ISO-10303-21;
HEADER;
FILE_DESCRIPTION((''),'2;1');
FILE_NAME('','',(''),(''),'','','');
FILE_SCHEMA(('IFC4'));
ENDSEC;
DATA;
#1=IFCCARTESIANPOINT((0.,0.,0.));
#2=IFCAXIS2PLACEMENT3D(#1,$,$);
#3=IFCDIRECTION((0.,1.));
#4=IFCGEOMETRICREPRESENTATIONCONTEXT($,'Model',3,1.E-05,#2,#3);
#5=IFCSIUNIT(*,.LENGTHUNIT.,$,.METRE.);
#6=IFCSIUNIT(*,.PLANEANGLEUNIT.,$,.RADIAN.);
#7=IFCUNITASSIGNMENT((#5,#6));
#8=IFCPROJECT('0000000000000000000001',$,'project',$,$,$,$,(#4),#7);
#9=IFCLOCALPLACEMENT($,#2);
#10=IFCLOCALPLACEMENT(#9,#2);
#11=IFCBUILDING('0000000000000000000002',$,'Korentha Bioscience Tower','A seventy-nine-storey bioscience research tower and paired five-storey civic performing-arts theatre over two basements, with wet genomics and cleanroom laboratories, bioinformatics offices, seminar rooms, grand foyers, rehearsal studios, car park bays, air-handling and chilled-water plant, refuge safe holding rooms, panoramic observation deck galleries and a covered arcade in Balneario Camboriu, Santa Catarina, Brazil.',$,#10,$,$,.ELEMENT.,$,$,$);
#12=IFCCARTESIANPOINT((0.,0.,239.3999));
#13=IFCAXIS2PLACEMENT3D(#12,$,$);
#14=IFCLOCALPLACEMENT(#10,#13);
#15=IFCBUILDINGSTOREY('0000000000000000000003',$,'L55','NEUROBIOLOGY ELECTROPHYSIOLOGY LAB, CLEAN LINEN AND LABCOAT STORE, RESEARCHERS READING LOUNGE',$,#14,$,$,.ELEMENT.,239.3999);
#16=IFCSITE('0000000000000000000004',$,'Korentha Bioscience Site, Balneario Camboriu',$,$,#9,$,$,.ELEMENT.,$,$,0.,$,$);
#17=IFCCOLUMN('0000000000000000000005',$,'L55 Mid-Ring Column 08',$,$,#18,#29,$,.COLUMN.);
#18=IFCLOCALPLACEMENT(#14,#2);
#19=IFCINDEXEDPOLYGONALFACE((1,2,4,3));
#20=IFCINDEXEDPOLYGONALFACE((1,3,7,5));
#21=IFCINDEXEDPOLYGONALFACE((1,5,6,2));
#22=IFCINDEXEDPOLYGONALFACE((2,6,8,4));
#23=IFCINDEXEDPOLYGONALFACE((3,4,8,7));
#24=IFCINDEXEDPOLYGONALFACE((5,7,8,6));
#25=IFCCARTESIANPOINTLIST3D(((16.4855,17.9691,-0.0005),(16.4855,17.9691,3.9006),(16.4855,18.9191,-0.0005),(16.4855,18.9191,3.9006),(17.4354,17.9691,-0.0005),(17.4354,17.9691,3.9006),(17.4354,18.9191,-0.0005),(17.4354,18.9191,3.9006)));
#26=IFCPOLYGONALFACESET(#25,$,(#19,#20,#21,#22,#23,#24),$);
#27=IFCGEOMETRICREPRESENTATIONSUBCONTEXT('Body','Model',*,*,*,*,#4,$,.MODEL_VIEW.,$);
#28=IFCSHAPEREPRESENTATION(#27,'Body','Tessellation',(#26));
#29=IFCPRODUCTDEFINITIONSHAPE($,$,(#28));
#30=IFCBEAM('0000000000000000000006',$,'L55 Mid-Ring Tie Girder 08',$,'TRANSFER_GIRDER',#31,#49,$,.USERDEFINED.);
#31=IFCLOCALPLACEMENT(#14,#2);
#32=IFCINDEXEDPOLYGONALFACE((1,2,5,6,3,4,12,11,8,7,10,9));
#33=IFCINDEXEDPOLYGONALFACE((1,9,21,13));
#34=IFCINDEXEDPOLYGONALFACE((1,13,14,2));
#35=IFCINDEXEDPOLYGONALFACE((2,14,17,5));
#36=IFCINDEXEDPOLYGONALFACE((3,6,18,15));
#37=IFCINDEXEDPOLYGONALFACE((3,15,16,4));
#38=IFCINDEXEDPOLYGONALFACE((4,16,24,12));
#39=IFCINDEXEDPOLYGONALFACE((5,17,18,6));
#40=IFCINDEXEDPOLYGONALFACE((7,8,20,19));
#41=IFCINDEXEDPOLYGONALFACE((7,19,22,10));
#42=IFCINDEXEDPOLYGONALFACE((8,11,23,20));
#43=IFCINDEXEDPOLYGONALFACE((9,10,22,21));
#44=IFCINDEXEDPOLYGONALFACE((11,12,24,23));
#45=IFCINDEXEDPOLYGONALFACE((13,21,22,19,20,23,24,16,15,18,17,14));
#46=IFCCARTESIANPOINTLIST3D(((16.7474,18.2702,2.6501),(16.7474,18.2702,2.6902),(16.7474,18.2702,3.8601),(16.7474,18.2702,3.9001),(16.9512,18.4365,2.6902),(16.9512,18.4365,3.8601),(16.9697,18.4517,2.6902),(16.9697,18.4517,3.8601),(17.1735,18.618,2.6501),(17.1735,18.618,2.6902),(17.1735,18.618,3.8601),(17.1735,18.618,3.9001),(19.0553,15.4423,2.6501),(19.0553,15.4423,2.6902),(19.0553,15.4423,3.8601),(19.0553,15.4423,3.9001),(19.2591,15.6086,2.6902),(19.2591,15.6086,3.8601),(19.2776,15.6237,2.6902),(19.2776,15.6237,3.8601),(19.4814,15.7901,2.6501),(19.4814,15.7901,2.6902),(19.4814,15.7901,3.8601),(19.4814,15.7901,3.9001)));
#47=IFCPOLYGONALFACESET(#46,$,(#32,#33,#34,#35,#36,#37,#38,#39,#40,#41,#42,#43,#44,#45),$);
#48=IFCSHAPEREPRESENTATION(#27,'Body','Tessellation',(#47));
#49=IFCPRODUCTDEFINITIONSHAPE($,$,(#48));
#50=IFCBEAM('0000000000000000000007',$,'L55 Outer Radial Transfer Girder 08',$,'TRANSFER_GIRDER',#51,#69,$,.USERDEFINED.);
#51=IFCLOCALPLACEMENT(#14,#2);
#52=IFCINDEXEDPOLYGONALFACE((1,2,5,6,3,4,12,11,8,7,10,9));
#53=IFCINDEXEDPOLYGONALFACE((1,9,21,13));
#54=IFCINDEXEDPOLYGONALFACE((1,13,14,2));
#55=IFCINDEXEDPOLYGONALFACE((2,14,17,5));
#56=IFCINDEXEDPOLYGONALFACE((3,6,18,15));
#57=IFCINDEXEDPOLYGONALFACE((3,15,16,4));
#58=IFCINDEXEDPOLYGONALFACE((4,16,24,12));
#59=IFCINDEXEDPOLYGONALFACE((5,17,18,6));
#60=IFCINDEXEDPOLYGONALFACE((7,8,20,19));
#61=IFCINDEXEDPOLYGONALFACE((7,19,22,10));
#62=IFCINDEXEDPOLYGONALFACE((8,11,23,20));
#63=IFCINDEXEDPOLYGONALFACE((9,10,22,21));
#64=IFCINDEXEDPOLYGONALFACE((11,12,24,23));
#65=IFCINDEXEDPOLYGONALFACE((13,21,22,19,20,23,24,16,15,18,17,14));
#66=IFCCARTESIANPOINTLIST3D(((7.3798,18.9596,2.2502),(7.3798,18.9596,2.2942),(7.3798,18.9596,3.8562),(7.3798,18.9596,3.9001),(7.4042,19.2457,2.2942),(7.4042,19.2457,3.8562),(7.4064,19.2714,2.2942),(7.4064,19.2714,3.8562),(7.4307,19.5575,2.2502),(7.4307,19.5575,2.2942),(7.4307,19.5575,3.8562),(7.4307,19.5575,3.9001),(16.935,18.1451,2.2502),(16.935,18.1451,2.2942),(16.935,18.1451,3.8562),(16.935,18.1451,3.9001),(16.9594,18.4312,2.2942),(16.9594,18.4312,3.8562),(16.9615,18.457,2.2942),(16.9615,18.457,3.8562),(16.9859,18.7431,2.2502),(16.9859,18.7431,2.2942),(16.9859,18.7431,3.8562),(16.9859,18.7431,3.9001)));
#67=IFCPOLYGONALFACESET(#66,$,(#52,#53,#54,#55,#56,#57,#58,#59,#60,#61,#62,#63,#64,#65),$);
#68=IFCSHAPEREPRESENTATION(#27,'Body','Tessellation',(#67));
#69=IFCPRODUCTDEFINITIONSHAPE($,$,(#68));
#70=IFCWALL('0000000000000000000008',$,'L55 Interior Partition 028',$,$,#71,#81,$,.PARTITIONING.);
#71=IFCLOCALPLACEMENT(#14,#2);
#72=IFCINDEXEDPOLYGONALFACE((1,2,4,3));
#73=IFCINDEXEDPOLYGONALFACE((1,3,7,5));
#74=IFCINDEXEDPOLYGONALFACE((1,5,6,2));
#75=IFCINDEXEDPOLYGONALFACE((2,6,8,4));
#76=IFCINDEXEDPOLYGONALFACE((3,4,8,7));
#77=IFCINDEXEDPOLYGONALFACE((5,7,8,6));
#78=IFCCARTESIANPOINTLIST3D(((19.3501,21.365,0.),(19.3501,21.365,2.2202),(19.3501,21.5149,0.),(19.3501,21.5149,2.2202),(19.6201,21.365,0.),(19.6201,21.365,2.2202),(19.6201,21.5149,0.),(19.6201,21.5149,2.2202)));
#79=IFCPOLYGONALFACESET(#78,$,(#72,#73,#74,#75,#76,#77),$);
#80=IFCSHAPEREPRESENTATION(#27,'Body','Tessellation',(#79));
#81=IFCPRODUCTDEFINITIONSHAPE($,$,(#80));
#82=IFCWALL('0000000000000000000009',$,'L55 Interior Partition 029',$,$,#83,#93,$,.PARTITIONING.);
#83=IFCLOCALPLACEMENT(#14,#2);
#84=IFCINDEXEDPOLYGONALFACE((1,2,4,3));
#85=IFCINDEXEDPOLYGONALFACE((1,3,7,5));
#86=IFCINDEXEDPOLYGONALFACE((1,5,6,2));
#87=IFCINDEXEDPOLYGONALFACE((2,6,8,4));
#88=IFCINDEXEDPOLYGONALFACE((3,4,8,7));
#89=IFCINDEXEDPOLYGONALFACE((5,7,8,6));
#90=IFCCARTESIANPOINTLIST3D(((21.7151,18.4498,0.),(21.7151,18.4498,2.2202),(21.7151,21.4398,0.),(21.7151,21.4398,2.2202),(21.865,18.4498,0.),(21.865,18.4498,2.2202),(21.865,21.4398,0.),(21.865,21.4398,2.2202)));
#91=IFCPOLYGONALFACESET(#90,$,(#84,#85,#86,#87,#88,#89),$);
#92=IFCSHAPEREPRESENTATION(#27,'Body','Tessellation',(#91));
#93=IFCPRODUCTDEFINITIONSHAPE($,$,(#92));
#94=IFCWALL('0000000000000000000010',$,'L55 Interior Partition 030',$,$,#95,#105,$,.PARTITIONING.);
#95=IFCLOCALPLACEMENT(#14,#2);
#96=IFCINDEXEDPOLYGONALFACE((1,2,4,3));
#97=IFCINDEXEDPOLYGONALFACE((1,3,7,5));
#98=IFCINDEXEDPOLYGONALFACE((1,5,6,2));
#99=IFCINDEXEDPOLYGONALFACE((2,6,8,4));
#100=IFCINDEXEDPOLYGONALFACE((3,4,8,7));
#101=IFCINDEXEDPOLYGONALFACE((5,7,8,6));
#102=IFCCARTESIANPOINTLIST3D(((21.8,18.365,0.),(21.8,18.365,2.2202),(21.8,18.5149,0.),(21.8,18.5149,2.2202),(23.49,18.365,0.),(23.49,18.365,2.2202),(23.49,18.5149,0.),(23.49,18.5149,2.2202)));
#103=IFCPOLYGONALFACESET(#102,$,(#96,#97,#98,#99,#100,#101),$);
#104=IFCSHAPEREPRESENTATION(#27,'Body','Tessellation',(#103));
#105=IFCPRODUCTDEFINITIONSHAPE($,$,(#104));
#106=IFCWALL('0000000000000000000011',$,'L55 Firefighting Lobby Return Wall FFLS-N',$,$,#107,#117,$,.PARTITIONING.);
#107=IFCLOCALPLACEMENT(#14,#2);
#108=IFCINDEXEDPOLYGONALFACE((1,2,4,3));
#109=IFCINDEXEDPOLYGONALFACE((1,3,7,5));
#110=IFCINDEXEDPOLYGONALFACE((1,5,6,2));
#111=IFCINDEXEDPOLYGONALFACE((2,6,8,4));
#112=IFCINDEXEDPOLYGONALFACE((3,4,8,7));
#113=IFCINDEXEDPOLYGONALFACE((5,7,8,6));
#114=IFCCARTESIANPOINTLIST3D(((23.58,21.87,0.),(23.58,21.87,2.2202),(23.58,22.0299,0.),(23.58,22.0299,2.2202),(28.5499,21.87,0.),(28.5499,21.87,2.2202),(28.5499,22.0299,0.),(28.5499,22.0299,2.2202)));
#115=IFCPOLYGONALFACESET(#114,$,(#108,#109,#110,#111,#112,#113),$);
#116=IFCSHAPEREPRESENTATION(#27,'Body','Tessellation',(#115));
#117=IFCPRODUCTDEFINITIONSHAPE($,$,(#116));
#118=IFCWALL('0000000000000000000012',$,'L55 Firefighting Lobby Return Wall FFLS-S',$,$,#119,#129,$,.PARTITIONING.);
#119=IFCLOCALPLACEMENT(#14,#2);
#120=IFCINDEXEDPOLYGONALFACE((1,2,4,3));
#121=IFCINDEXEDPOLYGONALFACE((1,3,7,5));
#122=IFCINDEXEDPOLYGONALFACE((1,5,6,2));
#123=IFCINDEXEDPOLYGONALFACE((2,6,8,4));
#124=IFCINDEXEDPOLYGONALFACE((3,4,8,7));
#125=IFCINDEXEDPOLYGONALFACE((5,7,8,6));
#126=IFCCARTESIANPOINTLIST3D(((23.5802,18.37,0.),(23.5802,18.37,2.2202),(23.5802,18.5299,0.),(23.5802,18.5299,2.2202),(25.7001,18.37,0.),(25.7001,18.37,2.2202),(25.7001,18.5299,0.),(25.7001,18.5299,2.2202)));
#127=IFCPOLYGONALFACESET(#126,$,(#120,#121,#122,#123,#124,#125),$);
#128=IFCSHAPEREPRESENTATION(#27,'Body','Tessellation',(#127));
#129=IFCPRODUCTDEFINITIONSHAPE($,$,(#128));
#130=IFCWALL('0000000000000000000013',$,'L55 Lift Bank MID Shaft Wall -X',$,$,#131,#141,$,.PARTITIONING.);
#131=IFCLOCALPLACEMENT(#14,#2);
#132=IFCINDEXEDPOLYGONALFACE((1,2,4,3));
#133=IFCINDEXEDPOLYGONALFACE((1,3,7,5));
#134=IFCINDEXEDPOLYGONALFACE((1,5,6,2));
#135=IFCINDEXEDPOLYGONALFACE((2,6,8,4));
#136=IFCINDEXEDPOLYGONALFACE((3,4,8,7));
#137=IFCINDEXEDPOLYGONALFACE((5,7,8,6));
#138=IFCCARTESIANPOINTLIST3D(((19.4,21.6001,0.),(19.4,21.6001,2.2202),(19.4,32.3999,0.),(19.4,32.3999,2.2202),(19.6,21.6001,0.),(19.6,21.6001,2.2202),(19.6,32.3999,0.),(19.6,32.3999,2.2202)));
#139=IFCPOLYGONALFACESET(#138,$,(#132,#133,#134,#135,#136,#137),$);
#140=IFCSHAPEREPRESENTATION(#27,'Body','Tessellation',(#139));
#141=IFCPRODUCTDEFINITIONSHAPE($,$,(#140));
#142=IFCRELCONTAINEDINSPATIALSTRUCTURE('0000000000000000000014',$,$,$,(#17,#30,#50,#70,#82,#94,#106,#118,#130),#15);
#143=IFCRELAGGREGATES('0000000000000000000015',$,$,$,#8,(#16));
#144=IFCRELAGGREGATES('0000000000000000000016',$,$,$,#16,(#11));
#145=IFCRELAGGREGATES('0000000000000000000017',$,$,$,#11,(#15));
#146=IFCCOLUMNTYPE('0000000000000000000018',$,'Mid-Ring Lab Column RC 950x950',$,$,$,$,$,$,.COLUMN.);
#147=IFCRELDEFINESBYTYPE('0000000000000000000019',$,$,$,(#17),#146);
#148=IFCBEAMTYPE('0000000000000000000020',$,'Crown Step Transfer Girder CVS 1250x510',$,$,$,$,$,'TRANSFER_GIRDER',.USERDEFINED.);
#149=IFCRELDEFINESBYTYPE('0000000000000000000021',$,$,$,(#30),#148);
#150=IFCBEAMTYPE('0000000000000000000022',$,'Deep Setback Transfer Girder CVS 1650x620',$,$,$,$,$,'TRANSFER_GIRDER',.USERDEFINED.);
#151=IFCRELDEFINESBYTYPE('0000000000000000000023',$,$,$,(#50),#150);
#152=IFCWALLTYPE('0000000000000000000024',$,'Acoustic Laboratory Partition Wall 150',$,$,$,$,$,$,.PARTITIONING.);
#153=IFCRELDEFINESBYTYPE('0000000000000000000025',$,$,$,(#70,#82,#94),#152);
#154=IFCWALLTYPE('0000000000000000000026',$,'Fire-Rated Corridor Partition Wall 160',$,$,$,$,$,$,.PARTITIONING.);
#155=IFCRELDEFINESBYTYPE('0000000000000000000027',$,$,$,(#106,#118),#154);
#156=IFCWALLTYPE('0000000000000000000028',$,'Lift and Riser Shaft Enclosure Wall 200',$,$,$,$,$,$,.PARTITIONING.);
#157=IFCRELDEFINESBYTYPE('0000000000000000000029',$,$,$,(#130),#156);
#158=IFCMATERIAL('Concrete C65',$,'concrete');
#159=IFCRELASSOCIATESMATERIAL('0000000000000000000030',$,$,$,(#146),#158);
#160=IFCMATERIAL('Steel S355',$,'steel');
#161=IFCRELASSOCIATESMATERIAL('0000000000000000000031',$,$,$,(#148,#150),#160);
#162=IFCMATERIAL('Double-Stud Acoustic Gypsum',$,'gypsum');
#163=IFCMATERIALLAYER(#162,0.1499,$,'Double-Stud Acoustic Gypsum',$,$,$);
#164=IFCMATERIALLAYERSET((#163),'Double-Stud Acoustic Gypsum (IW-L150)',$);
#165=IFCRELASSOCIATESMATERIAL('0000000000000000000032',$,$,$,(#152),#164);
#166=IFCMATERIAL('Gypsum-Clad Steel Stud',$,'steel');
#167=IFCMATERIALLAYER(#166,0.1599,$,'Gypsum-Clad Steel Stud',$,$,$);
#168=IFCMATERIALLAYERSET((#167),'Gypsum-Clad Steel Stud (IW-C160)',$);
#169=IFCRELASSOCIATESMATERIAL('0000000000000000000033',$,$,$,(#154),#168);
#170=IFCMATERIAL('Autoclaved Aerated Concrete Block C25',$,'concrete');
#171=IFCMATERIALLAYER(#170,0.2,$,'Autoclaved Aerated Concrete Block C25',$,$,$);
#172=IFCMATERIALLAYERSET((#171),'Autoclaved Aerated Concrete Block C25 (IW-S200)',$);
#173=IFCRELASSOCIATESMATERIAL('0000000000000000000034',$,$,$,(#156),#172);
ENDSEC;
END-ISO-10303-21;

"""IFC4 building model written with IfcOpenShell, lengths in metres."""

from ifc_helpers import new_model, si_unit, direction, frame, frame_2d, origin, origin_2d, place, context, subcontext, project, spatial, rectangle, i_section, extrude, material, layer, layer_set, material_profile, profile_set, type_object, element, save


model = new_model("IFC4")

# Units and contexts
model_context = context("Model", 3, precision=1e-05, world=origin(), true_north=direction((0.0, 1.0)))
body_context = subcontext(model_context, "Body", "Model", "MODEL_VIEW")
ifc_project = project(units=[si_unit("LENGTHUNIT", "METRE"), si_unit("PLANEANGLEUNIT", "RADIAN")], contexts=[model_context])

# Site, building, storey
site_placement = place(None, origin())
site = spatial("IfcSite", under=ifc_project, at=site_placement, Name="Korentha Bioscience Site, Balneario Camboriu", CompositionType="ELEMENT", RefElevation=0.0)
building_placement = place(site_placement, origin())
building = spatial("IfcBuilding", under=site, at=building_placement, Name="Korentha Bioscience Tower", Description="A seventy-nine-storey bioscience research tower and paired five-storey civic performing-arts theatre over two basements, with wet genomics and cleanroom laboratories, bioinformatics offices, seminar rooms, grand foyers, rehearsal studios, car park bays, air-handling and chilled-water plant, refuge safe holding rooms, panoramic observation deck galleries and a covered arcade in Balneario Camboriu, Santa Catarina, Brazil.", CompositionType="ELEMENT")
storey_placement = place(building_placement, frame((0.0, 0.0, 239.3999)))
storey = spatial("IfcBuildingStorey", under=building, at=storey_placement, Name="L55", Description="NEUROBIOLOGY ELECTROPHYSIOLOGY LAB, CLEAN LINEN AND LABCOAT STORE, RESEARCHERS READING LOUNGE", CompositionType="ELEMENT", Elevation=239.3999)

# Column
ifc_material_1 = material(Name="Concrete C65", Category="concrete")
ifc_material_profile_1 = material_profile(ifc_material_1, rectangle(XDim=0.95, YDim=0.95, at=origin_2d()), Name="Concrete C65")
ifc_profile_set_1 = profile_set([ifc_material_profile_1], Name="Concrete C65 (COL-MR09)")
column_type = type_object("IfcColumnType", Name="Mid-Ring Lab Column RC 950x950", PredefinedType="COLUMN", material=ifc_profile_set_1)
column_placement = place(storey_placement, frame((16.9604, 18.4441, -0.0005), z_axis=(0.0, 0.0, 1.0), x_axis=(1.0, 0.0, 0.0)))
element("IfcColumn", 1, at=column_placement, inside=storey, type_object=column_type, Name="L55 Mid-Ring Column 08", PredefinedType="COLUMN", context=body_context, shape_type="SweptSolid", body=[
    extrude(rectangle(XDim=0.95, YDim=0.95, at=origin_2d()), origin(), (0.0, 0.0, 1.0), 3.9011),
])

# Beams
ifc_material_2 = material(Name="Steel S355", Category="steel")
ifc_material_profile_2 = material_profile(ifc_material_2, i_section(OverallWidth=0.55, OverallDepth=1.25, WebThickness=0.0239, FlangeThickness=0.04, at=origin_2d()), Name="Steel S355")
ifc_profile_set_2 = profile_set([ifc_material_profile_2], Name="Steel S355 (TG-03)")
beam_type_1 = type_object("IfcBeamType", Name="Crown Step Transfer Girder CVS 1250x510", ElementType="TRANSFER_GIRDER", PredefinedType="USERDEFINED", material=ifc_profile_set_2)
beam_1_placement = place(storey_placement, frame((16.9604, 18.4441, 3.2751), z_axis=(0.632276, -0.774743, 0.0), x_axis=(0.774743, 0.632276, 0.0)))
element("IfcBeam", 2, at=beam_1_placement, inside=storey, type_object=beam_type_1, Name="L55 Mid-Ring Tie Girder 08", ObjectType="TRANSFER_GIRDER", PredefinedType="USERDEFINED", context=body_context, shape_type="SweptSolid", body=[
    extrude(i_section(OverallWidth=0.55, OverallDepth=1.25, WebThickness=0.0239, FlangeThickness=0.04, at=origin_2d()), origin(), (0.0, 0.0, 1.0), 3.6501),
])
ifc_material_profile_3 = material_profile(ifc_material_2, i_section(OverallWidth=0.6001, OverallDepth=1.6499, WebThickness=0.0259, FlangeThickness=0.0439, at=origin_2d()), Name="Steel S355")
ifc_profile_set_3 = profile_set([ifc_material_profile_3], Name="Steel S355 (TG-04)")
beam_type_2 = type_object("IfcBeamType", Name="Deep Setback Transfer Girder CVS 1650x620", ElementType="TRANSFER_GIRDER", PredefinedType="USERDEFINED", material=ifc_profile_set_3)
beam_2_placement = place(storey_placement, frame((16.9604, 18.4441, 3.0752), z_axis=(-0.996387, 0.084929, 0.0), x_axis=(-0.084929, -0.996387, 0.0)))
element("IfcBeam", 3, at=beam_2_placement, inside=storey, type_object=beam_type_2, Name="L55 Outer Radial Transfer Girder 08", ObjectType="TRANSFER_GIRDER", PredefinedType="USERDEFINED", context=body_context, shape_type="SweptSolid", body=[
    extrude(i_section(OverallWidth=0.6001, OverallDepth=1.6499, WebThickness=0.0259, FlangeThickness=0.0439, at=origin_2d()), origin(), (0.0, 0.0, 1.0), 9.5898),
])

# Walls
ifc_material_3 = material(Name="Double-Stud Acoustic Gypsum", Category="gypsum")
ifc_layer_1 = layer(ifc_material_3, 0.1499, Name="Double-Stud Acoustic Gypsum")
ifc_layer_set_1 = layer_set([ifc_layer_1], Name="Double-Stud Acoustic Gypsum (IW-L150)")
wall_type_1 = type_object("IfcWallType", Name="Acoustic Laboratory Partition Wall 150", PredefinedType="PARTITIONING", material=ifc_layer_set_1)
wall_1_placement = place(storey_placement, frame((19.3501, 21.4399, 0.0), z_axis=(0.0, 0.0, 1.0), x_axis=(1.0, 0.0, 0.0)))
element("IfcWall", 4, at=wall_1_placement, inside=storey, type_object=wall_type_1, Name="L55 Interior Partition 028", PredefinedType="PARTITIONING", context=body_context, shape_type="SweptSolid", body=[
    extrude(rectangle(XDim=0.27, YDim=0.1499, at=frame_2d((0.135, 0.0))), origin(), (0.0, 0.0, 1.0), 2.2202),
])
wall_2_placement = place(storey_placement, frame((21.79, 21.4399, 0.0), z_axis=(0.0, 0.0, 1.0), x_axis=(0.0, -1.0, 0.0)))
element("IfcWall", 5, at=wall_2_placement, inside=storey, type_object=wall_type_1, Name="L55 Interior Partition 029", PredefinedType="PARTITIONING", context=body_context, shape_type="SweptSolid", body=[
    extrude(rectangle(XDim=2.99, YDim=0.1499, at=frame_2d((1.4951, 0.0))), origin(), (0.0, 0.0, 1.0), 2.2202),
])
wall_3_placement = place(storey_placement, frame((21.8, 18.4399, 0.0), z_axis=(0.0, 0.0, 1.0), x_axis=(1.0, 0.0, 0.0)))
element("IfcWall", 6, at=wall_3_placement, inside=storey, type_object=wall_type_1, Name="L55 Interior Partition 030", PredefinedType="PARTITIONING", context=body_context, shape_type="SweptSolid", body=[
    extrude(rectangle(XDim=1.6899, YDim=0.1499, at=frame_2d((0.845, 0.0))), origin(), (0.0, 0.0, 1.0), 2.2202),
])

# Shared definitions
ifc_material_4 = material(Name="Gypsum-Clad Steel Stud", Category="steel")
ifc_layer_2 = layer(ifc_material_4, 0.1599, Name="Gypsum-Clad Steel Stud")
ifc_layer_set_2 = layer_set([ifc_layer_2], Name="Gypsum-Clad Steel Stud (IW-C160)")
wall_type_2 = type_object("IfcWallType", Name="Fire-Rated Corridor Partition Wall 160", PredefinedType="PARTITIONING", material=ifc_layer_set_2)

# Walls
wall_4_placement = place(storey_placement, frame((23.5801, 21.95, 0.0), z_axis=(0.0, 0.0, 1.0), x_axis=(1.0, 0.0, 0.0)))
element("IfcWall", 7, at=wall_4_placement, inside=storey, type_object=wall_type_2, Name="L55 Firefighting Lobby Return Wall FFLS-N", PredefinedType="PARTITIONING", context=body_context, shape_type="SweptSolid", body=[
    extrude(rectangle(XDim=4.97, YDim=0.1599, at=frame_2d((2.4849, 0.0))), origin(), (0.0, 0.0, 1.0), 2.2202),
])
wall_5_placement = place(storey_placement, frame((23.5801, 18.45, 0.0), z_axis=(0.0, 0.0, 1.0), x_axis=(1.0, 0.0, 0.0)))
element("IfcWall", 8, at=wall_5_placement, inside=storey, type_object=wall_type_2, Name="L55 Firefighting Lobby Return Wall FFLS-S", PredefinedType="PARTITIONING", context=body_context, shape_type="SweptSolid", body=[
    extrude(rectangle(XDim=2.1199, YDim=0.1599, at=frame_2d((1.0601, 0.0))), origin(), (0.0, 0.0, 1.0), 2.2202),
])
ifc_material_5 = material(Name="Autoclaved Aerated Concrete Block C25", Category="concrete")
ifc_layer_3 = layer(ifc_material_5, 0.2, Name="Autoclaved Aerated Concrete Block C25")
ifc_layer_set_3 = layer_set([ifc_layer_3], Name="Autoclaved Aerated Concrete Block C25 (IW-S200)")
wall_type_3 = type_object("IfcWallType", Name="Lift and Riser Shaft Enclosure Wall 200", PredefinedType="PARTITIONING", material=ifc_layer_set_3)
wall_6_placement = place(storey_placement, frame((19.5, 21.6001, 0.0), z_axis=(0.0, 0.0, 1.0), x_axis=(0.0, 1.0, 0.0)))
element("IfcWall", 9, at=wall_6_placement, inside=storey, type_object=wall_type_3, Name="L55 Lift Bank MID Shaft Wall -X", PredefinedType="PARTITIONING", context=body_context, shape_type="SweptSolid", body=[
    extrude(rectangle(XDim=10.7998, YDim=0.2, at=frame_2d((5.3999, 0.0))), origin(), (0.0, 0.0, 1.0), 2.2202),
])

save(model, "model.ifc")
